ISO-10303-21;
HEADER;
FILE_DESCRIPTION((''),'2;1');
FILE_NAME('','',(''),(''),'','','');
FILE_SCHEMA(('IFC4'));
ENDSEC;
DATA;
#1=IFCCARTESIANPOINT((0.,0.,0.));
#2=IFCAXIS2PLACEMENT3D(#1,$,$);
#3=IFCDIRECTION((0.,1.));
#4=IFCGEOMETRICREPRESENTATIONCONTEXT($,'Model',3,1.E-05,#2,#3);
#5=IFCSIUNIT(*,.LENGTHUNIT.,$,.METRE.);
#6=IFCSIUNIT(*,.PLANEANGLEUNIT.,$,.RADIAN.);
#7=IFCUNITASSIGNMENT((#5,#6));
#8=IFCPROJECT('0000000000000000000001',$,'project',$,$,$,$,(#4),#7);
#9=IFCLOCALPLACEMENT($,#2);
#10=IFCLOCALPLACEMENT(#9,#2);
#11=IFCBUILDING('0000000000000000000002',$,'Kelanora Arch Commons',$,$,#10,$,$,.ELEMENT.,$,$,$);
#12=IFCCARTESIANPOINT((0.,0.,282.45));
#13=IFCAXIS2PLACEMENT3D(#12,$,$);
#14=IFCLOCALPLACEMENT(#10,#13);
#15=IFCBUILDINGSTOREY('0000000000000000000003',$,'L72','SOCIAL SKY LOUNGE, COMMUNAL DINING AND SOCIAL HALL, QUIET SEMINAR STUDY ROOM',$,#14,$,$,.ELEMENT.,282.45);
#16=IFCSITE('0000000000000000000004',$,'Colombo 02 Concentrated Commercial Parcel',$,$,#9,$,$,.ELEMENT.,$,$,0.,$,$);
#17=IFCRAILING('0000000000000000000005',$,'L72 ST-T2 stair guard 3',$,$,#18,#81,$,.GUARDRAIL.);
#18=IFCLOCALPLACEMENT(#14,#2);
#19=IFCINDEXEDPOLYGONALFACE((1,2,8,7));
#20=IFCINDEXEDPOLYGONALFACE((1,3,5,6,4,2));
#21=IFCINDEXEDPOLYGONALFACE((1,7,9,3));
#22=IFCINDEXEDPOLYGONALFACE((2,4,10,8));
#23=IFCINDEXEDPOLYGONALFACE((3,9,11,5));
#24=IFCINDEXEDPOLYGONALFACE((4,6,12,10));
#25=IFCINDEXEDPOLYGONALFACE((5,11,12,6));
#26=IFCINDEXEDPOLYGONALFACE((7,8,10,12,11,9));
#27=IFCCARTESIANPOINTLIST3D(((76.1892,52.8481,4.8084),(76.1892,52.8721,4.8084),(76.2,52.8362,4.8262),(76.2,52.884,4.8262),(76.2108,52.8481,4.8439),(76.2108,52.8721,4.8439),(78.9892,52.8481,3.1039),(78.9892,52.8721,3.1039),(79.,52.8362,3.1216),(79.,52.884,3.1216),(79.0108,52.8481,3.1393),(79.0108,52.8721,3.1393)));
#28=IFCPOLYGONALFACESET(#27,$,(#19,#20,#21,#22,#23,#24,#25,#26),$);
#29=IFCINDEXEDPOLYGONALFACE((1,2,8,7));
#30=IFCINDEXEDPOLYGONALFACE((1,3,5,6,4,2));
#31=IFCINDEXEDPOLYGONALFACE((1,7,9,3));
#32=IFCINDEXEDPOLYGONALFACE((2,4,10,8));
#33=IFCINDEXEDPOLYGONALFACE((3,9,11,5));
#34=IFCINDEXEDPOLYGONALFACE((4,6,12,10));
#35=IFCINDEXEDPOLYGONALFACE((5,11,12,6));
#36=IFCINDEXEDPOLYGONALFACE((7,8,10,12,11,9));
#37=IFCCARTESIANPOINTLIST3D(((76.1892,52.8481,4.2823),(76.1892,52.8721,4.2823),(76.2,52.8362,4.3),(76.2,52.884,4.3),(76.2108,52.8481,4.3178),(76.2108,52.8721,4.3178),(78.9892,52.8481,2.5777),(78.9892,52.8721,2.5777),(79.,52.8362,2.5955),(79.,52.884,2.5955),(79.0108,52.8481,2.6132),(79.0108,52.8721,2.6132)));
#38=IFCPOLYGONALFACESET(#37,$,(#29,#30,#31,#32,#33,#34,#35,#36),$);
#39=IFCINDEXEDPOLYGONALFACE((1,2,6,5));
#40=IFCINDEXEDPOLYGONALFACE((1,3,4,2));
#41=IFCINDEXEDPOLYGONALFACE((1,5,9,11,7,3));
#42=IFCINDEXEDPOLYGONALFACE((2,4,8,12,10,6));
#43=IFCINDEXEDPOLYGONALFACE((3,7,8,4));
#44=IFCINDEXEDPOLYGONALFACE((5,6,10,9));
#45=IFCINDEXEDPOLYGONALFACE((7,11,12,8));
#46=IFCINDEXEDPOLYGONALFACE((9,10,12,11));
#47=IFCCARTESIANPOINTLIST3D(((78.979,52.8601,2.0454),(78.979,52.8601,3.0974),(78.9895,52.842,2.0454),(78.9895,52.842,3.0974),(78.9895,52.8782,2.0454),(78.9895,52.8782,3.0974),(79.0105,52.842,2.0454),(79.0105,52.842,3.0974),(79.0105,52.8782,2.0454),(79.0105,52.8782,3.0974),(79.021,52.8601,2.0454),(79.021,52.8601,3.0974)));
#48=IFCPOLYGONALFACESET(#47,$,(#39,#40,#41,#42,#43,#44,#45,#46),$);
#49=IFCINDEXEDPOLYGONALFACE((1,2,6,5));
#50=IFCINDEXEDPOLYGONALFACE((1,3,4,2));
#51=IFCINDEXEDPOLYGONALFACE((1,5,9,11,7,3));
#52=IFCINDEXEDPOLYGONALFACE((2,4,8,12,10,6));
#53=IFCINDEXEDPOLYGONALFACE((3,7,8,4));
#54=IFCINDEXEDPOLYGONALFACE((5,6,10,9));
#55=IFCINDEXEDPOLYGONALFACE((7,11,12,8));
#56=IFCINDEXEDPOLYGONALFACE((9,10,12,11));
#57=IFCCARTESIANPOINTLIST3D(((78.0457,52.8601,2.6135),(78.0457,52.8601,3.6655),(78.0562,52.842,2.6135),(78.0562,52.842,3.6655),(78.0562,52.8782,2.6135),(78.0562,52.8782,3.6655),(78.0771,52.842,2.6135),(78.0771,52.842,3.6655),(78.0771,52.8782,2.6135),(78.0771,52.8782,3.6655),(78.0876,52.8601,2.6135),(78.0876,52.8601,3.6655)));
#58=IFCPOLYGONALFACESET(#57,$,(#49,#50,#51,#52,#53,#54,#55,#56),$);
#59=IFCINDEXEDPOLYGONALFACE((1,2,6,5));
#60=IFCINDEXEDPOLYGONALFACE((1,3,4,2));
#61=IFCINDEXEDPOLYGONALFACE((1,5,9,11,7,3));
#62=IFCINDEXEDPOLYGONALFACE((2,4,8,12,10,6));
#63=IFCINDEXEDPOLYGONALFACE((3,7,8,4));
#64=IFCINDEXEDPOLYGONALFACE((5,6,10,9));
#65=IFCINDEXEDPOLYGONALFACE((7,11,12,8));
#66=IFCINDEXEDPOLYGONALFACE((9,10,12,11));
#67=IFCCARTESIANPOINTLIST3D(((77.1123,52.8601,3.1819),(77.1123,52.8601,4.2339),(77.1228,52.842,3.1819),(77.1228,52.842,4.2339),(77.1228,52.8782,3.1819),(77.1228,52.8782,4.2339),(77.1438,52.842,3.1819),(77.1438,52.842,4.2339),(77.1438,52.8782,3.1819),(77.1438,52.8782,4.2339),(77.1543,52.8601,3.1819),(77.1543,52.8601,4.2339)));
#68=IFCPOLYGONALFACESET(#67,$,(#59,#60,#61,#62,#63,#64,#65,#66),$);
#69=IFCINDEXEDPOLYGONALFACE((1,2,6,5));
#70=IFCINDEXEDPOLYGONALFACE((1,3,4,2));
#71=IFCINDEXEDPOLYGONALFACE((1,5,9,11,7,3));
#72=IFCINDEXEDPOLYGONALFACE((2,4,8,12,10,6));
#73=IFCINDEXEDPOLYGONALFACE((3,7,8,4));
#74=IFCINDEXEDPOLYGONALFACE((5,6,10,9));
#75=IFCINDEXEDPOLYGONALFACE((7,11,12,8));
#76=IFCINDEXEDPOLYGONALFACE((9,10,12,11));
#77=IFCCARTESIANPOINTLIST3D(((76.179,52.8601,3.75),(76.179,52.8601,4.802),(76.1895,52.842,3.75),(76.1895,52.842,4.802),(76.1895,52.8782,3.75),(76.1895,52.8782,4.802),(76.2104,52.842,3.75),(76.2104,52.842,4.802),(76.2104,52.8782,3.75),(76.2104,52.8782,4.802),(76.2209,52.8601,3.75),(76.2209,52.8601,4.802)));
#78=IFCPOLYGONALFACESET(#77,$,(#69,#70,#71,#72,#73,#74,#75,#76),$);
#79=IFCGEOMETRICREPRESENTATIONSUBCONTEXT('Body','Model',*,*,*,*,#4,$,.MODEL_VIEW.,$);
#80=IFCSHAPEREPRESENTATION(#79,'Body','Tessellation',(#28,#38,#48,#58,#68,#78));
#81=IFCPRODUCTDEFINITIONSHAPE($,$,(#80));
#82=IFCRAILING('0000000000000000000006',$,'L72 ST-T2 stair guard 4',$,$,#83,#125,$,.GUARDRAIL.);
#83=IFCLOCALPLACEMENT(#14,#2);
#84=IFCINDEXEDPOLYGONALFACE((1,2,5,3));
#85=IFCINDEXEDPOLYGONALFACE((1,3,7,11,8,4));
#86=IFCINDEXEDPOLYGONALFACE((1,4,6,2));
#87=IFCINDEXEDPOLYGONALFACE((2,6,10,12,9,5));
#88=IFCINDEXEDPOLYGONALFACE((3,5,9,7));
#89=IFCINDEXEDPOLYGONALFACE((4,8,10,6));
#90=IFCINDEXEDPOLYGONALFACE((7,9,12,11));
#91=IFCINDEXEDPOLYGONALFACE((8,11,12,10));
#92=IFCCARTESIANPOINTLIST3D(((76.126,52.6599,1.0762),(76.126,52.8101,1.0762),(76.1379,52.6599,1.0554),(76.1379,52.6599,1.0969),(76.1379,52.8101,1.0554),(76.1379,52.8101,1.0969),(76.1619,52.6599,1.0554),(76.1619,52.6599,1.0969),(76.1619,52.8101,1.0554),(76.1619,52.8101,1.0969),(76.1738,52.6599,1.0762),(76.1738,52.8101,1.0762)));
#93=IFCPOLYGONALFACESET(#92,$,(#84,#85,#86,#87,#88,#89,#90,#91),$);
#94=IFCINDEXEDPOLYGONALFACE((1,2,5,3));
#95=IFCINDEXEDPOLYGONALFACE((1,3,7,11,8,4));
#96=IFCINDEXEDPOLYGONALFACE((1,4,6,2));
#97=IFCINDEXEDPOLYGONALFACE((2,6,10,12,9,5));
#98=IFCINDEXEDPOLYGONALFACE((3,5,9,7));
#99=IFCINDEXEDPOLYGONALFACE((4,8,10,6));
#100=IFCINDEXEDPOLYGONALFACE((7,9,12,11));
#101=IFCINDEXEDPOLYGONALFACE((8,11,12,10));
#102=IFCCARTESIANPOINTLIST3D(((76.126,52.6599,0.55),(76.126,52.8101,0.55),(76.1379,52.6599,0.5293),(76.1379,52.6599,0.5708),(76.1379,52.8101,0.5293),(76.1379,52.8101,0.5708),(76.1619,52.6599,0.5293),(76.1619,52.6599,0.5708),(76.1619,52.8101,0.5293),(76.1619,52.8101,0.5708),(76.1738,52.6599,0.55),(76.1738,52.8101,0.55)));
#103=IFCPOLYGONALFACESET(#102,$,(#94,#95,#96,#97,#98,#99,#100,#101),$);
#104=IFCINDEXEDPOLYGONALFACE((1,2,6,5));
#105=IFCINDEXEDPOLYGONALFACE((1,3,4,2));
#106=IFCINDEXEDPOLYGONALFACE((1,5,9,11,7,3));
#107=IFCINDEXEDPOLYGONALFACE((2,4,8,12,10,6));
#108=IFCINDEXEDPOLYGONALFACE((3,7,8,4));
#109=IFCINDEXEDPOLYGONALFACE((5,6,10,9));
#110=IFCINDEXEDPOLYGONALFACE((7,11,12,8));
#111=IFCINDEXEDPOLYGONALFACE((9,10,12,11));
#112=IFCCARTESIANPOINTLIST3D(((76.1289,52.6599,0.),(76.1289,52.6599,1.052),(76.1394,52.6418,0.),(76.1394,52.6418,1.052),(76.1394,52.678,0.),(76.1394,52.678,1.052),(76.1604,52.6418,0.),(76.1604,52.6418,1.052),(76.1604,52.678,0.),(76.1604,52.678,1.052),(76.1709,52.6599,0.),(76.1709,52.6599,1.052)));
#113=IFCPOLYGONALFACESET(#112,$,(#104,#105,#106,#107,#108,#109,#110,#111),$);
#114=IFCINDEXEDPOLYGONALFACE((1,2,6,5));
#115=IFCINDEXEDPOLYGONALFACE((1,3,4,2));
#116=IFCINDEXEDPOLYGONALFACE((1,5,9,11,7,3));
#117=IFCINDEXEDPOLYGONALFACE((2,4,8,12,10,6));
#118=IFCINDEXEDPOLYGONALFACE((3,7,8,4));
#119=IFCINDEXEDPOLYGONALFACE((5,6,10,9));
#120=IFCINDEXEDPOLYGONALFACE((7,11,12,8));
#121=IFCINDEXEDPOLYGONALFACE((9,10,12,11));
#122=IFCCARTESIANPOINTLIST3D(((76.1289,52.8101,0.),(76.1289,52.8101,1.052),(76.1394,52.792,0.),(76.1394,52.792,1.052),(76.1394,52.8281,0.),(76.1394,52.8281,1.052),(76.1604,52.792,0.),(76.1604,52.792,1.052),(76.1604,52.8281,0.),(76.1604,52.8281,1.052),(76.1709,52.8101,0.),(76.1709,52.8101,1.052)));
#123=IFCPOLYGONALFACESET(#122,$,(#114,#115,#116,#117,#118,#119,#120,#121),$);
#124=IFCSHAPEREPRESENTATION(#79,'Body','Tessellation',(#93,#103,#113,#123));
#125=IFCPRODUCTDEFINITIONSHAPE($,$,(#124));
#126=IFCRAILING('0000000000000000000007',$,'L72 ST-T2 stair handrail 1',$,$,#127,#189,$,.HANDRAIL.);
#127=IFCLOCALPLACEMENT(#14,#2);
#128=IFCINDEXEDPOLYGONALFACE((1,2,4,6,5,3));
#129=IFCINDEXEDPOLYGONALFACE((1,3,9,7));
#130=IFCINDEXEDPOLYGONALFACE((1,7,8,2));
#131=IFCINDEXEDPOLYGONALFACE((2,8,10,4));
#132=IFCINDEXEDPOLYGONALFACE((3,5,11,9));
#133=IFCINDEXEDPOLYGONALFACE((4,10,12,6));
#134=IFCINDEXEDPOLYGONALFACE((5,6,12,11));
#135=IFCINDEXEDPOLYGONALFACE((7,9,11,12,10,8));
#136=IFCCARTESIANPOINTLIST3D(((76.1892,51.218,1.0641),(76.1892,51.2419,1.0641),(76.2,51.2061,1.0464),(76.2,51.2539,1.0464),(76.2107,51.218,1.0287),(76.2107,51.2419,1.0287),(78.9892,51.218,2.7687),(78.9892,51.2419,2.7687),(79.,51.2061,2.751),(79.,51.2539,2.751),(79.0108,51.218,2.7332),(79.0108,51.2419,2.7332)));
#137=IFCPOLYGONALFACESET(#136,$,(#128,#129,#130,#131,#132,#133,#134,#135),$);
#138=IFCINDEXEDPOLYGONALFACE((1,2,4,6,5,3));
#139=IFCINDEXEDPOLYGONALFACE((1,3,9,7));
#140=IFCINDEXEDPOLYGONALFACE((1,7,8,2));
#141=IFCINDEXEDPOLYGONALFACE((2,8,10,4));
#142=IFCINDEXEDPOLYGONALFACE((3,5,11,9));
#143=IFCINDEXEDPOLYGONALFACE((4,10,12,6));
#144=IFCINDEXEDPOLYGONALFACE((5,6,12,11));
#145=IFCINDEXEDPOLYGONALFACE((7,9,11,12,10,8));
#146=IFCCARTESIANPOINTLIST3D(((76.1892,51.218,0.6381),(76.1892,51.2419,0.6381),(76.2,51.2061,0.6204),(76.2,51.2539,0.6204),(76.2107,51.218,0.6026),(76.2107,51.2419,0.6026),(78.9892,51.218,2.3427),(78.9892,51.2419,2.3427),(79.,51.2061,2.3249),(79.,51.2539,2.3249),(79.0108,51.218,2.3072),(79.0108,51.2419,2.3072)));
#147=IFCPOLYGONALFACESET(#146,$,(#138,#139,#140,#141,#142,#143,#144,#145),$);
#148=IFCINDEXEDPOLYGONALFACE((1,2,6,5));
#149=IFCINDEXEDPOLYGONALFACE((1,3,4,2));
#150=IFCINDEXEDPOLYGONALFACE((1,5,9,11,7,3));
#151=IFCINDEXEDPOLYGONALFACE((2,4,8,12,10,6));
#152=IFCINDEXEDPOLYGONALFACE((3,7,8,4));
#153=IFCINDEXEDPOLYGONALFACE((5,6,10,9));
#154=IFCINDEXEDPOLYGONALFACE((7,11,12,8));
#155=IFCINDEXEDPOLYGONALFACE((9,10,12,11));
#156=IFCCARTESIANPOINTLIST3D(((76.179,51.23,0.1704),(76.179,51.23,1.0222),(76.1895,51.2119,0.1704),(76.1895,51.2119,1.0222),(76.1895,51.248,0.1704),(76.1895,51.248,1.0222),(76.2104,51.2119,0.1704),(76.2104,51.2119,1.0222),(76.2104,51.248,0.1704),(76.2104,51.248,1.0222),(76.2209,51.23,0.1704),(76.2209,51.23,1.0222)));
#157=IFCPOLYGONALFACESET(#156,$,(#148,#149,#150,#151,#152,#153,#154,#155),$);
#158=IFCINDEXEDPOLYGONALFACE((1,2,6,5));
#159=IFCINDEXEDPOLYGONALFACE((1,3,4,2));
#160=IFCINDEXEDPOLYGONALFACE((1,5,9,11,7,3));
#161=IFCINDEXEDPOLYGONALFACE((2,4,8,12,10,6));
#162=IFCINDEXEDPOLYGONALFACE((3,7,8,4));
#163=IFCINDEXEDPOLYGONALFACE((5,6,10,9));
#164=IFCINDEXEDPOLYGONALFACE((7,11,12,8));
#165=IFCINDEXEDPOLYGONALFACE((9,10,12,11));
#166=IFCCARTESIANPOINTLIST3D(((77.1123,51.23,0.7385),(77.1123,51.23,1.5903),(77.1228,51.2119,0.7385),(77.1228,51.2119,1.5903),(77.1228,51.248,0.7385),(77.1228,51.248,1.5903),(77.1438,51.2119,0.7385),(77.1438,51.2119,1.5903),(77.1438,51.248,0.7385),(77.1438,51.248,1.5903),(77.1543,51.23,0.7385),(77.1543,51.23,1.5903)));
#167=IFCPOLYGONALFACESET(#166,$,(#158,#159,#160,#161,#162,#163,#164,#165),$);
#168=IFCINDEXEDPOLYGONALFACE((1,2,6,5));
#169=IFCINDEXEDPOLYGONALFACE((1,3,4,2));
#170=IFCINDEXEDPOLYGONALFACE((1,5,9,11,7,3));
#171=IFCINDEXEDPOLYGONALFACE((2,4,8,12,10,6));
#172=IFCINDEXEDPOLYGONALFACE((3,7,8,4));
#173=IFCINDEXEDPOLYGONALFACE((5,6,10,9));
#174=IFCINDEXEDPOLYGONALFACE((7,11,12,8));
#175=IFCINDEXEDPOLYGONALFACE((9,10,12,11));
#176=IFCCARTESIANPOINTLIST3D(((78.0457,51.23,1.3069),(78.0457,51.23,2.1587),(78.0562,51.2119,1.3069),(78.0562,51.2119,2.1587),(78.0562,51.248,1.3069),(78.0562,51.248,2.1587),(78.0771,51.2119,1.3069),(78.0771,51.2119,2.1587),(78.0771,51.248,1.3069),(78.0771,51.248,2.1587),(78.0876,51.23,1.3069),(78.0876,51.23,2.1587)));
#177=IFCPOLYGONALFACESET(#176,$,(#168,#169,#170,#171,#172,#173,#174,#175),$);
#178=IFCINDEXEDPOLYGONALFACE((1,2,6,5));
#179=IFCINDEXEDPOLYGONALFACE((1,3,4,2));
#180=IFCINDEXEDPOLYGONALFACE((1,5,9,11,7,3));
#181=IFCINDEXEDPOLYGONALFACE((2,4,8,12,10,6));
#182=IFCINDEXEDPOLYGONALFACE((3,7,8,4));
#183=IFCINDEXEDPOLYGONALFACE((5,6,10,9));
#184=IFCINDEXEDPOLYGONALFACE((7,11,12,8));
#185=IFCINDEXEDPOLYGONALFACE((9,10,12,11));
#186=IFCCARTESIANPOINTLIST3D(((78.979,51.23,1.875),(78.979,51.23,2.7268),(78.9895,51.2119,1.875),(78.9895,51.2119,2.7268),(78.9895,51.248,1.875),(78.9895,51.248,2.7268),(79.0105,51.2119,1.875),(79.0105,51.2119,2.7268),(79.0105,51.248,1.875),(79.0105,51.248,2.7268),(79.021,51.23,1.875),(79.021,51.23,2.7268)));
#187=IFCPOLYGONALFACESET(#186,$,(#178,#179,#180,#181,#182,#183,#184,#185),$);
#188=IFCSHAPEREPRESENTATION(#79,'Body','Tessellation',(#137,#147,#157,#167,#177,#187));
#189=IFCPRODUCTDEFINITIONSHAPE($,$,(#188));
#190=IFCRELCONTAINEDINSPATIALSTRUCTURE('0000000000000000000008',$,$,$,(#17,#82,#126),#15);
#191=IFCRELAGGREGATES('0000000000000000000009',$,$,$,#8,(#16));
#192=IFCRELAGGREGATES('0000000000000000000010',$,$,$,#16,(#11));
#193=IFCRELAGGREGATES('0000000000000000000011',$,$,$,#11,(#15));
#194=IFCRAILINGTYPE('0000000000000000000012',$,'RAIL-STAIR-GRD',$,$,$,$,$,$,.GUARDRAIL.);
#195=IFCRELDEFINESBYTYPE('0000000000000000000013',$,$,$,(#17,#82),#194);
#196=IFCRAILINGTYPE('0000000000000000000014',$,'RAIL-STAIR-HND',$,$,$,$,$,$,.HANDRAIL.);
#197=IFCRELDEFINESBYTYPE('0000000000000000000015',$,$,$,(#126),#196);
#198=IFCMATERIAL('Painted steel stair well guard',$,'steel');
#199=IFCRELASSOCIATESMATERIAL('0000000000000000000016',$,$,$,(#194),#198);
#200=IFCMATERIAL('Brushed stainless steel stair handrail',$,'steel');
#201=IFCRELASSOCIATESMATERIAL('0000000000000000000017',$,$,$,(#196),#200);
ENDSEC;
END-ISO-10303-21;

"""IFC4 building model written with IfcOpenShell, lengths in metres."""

from ifc_helpers import new_model, si_unit, direction, frame, origin, place, context, subcontext, project, spatial, polyline, outline, extrude, material, type_object, element, save


model = new_model("IFC4")

# Units and contexts
model_context = context("Model", 3, precision=1e-05, world=origin(), true_north=direction((0.0, 1.0)))
body_context = subcontext(model_context, "Body", "Model", "MODEL_VIEW")
ifc_project = project(units=[si_unit("LENGTHUNIT", "METRE"), si_unit("PLANEANGLEUNIT", "RADIAN")], contexts=[model_context])

# Site, building, storey
site_placement = place(None, origin())
site = spatial("IfcSite", under=ifc_project, at=site_placement, Name="Colombo 02 Concentrated Commercial Parcel", CompositionType="ELEMENT", RefElevation=0.0)
building_placement = place(site_placement, origin())
building = spatial("IfcBuilding", under=site, at=building_placement, Name="Kelanora Arch Commons", CompositionType="ELEMENT")
storey_placement = place(building_placement, frame((0.0, 0.0, 282.45)))
storey = spatial("IfcBuildingStorey", under=building, at=storey_placement, Name="L72", Description="SOCIAL SKY LOUNGE, COMMUNAL DINING AND SOCIAL HALL, QUIET SEMINAR STUDY ROOM", CompositionType="ELEMENT", Elevation=282.45)

# Railings
ifc_material_1 = material(Name="Painted steel stair well guard", Category="steel")
railing_type_1 = type_object("IfcRailingType", Name="RAIL-STAIR-GRD", PredefinedType="GUARDRAIL", material=ifc_material_1)
railing_1_placement = place(storey_placement, frame((79.0, 52.8601, 2.0454)))
element("IfcRailing", 1, at=railing_1_placement, inside=storey, type_object=railing_type_1, Name="L72 ST-T2 stair guard 3", PredefinedType="GUARDRAIL", context=body_context, shape_type="SweptSolid", body=[
    extrude(outline(polyline([(0.0239, 0.0), (0.012, 0.0208), (-0.012, 0.0208), (-0.0239, 0.0), (-0.012, -0.0208), (0.012, -0.0208), (0.0239, 0.0)])), frame((0.0, 0.0, 1.0762), z_axis=(-0.85417, 0.0, 0.519994), x_axis=(0.0, -1.0, 0.0)), (0.0, 0.0, 1.0), 3.2781),
    extrude(outline(polyline([(0.0239, 0.0), (0.012, 0.0208), (-0.012, 0.0208), (-0.0239, 0.0), (-0.012, -0.0208), (0.012, -0.0208), (0.0239, 0.0)])), frame((0.0, 0.0, 0.55), z_axis=(-0.85417, 0.0, 0.519994), x_axis=(0.0, -1.0, 0.0)), (0.0, 0.0, 1.0), 3.2781),
    extrude(outline(polyline([(0.021, 0.0), (0.0105, 0.0181), (-0.0105, 0.0181), (-0.021, 0.0), (-0.0105, -0.0181), (0.0105, -0.0181), (0.021, 0.0)])), origin(), (0.0, 0.0, 1.0), 1.052),
    extrude(outline(polyline([(0.021, 0.0), (0.0105, 0.0181), (-0.0105, 0.0181), (-0.021, 0.0), (-0.0105, -0.0181), (0.0105, -0.0181), (0.021, 0.0)])), frame((-0.9333, 0.0, 0.5681)), (0.0, 0.0, 1.0), 1.052),
    extrude(outline(polyline([(0.021, 0.0), (0.0105, 0.0181), (-0.0105, 0.0181), (-0.021, 0.0), (-0.0105, -0.0181), (0.0105, -0.0181), (0.021, 0.0)])), frame((-1.8667, 0.0, 1.1365)), (0.0, 0.0, 1.0), 1.052),
    extrude(outline(polyline([(0.021, 0.0), (0.0105, 0.0181), (-0.0105, 0.0181), (-0.021, 0.0), (-0.0105, -0.0181), (0.0105, -0.0181), (0.021, 0.0)])), frame((-2.8, 0.0, 1.7046)), (0.0, 0.0, 1.0), 1.052),
])
railing_2_placement = place(storey_placement, frame((76.1499, 52.6599, 0.0)))
element("IfcRailing", 2, at=railing_2_placement, inside=storey, type_object=railing_type_1, Name="L72 ST-T2 stair guard 4", PredefinedType="GUARDRAIL", context=body_context, shape_type="SweptSolid", body=[
    extrude(outline(polyline([(0.0239, 0.0), (0.012, 0.0208), (-0.012, 0.0208), (-0.0239, 0.0), (-0.012, -0.0208), (0.012, -0.0208), (0.0239, 0.0)])), frame((0.0, 0.0, 1.0762), z_axis=(0.0, 1.0, 0.0), x_axis=(-1.0, 0.0, 0.0)), (0.0, 0.0, 1.0), 0.1501),
    extrude(outline(polyline([(0.0239, 0.0), (0.012, 0.0208), (-0.012, 0.0208), (-0.0239, 0.0), (-0.012, -0.0208), (0.012, -0.0208), (0.0239, 0.0)])), frame((0.0, 0.0, 0.55), z_axis=(0.0, 1.0, 0.0), x_axis=(-1.0, 0.0, 0.0)), (0.0, 0.0, 1.0), 0.1501),
    extrude(outline(polyline([(0.021, 0.0), (0.0105, 0.0181), (-0.0105, 0.0181), (-0.021, 0.0), (-0.0105, -0.0181), (0.0105, -0.0181), (0.021, 0.0)])), origin(), (0.0, 0.0, 1.0), 1.052),
    extrude(outline(polyline([(0.021, 0.0), (0.0105, 0.0181), (-0.0105, 0.0181), (-0.021, 0.0), (-0.0105, -0.0181), (0.0105, -0.0181), (0.021, 0.0)])), frame((0.0, 0.1501, 0.0)), (0.0, 0.0, 1.0), 1.052),
])
ifc_material_2 = material(Name="Brushed stainless steel stair handrail", Category="steel")
railing_type_2 = type_object("IfcRailingType", Name="RAIL-STAIR-HND", PredefinedType="HANDRAIL", material=ifc_material_2)
railing_3_placement = place(storey_placement, frame((76.2, 51.23, 0.1704)))
element("IfcRailing", 3, at=railing_3_placement, inside=storey, type_object=railing_type_2, Name="L72 ST-T2 stair handrail 1", PredefinedType="HANDRAIL", context=body_context, shape_type="SweptSolid", body=[
    extrude(outline(polyline([(0.0239, 0.0), (0.012, 0.0208), (-0.012, 0.0208), (-0.0239, 0.0), (-0.012, -0.0208), (0.012, -0.0208), (0.0239, 0.0)])), frame((0.0, 0.0, 0.876), z_axis=(0.85417, 0.0, 0.519994), x_axis=(0.0, 1.0, 0.0)), (0.0, 0.0, 1.0), 3.2781),
    extrude(outline(polyline([(0.0239, 0.0), (0.012, 0.0208), (-0.012, 0.0208), (-0.0239, 0.0), (-0.012, -0.0208), (0.012, -0.0208), (0.0239, 0.0)])), frame((0.0, 0.0, 0.45), z_axis=(0.85417, 0.0, 0.519994), x_axis=(0.0, 1.0, 0.0)), (0.0, 0.0, 1.0), 3.2781),
    extrude(outline(polyline([(0.021, 0.0), (0.0105, 0.0181), (-0.0105, 0.0181), (-0.021, 0.0), (-0.0105, -0.0181), (0.0105, -0.0181), (0.021, 0.0)])), origin(), (0.0, 0.0, 1.0), 0.8518),
    extrude(outline(polyline([(0.021, 0.0), (0.0105, 0.0181), (-0.0105, 0.0181), (-0.021, 0.0), (-0.0105, -0.0181), (0.0105, -0.0181), (0.021, 0.0)])), frame((0.9333, 0.0, 0.5681)), (0.0, 0.0, 1.0), 0.8518),
    extrude(outline(polyline([(0.021, 0.0), (0.0105, 0.0181), (-0.0105, 0.0181), (-0.021, 0.0), (-0.0105, -0.0181), (0.0105, -0.0181), (0.021, 0.0)])), frame((1.8667, 0.0, 1.1365)), (0.0, 0.0, 1.0), 0.8518),
    extrude(outline(polyline([(0.021, 0.0), (0.0105, 0.0181), (-0.0105, 0.0181), (-0.021, 0.0), (-0.0105, -0.0181), (0.0105, -0.0181), (0.021, 0.0)])), frame((2.8, 0.0, 1.7046)), (0.0, 0.0, 1.0), 0.8518),
])

save(model, "model.ifc")
